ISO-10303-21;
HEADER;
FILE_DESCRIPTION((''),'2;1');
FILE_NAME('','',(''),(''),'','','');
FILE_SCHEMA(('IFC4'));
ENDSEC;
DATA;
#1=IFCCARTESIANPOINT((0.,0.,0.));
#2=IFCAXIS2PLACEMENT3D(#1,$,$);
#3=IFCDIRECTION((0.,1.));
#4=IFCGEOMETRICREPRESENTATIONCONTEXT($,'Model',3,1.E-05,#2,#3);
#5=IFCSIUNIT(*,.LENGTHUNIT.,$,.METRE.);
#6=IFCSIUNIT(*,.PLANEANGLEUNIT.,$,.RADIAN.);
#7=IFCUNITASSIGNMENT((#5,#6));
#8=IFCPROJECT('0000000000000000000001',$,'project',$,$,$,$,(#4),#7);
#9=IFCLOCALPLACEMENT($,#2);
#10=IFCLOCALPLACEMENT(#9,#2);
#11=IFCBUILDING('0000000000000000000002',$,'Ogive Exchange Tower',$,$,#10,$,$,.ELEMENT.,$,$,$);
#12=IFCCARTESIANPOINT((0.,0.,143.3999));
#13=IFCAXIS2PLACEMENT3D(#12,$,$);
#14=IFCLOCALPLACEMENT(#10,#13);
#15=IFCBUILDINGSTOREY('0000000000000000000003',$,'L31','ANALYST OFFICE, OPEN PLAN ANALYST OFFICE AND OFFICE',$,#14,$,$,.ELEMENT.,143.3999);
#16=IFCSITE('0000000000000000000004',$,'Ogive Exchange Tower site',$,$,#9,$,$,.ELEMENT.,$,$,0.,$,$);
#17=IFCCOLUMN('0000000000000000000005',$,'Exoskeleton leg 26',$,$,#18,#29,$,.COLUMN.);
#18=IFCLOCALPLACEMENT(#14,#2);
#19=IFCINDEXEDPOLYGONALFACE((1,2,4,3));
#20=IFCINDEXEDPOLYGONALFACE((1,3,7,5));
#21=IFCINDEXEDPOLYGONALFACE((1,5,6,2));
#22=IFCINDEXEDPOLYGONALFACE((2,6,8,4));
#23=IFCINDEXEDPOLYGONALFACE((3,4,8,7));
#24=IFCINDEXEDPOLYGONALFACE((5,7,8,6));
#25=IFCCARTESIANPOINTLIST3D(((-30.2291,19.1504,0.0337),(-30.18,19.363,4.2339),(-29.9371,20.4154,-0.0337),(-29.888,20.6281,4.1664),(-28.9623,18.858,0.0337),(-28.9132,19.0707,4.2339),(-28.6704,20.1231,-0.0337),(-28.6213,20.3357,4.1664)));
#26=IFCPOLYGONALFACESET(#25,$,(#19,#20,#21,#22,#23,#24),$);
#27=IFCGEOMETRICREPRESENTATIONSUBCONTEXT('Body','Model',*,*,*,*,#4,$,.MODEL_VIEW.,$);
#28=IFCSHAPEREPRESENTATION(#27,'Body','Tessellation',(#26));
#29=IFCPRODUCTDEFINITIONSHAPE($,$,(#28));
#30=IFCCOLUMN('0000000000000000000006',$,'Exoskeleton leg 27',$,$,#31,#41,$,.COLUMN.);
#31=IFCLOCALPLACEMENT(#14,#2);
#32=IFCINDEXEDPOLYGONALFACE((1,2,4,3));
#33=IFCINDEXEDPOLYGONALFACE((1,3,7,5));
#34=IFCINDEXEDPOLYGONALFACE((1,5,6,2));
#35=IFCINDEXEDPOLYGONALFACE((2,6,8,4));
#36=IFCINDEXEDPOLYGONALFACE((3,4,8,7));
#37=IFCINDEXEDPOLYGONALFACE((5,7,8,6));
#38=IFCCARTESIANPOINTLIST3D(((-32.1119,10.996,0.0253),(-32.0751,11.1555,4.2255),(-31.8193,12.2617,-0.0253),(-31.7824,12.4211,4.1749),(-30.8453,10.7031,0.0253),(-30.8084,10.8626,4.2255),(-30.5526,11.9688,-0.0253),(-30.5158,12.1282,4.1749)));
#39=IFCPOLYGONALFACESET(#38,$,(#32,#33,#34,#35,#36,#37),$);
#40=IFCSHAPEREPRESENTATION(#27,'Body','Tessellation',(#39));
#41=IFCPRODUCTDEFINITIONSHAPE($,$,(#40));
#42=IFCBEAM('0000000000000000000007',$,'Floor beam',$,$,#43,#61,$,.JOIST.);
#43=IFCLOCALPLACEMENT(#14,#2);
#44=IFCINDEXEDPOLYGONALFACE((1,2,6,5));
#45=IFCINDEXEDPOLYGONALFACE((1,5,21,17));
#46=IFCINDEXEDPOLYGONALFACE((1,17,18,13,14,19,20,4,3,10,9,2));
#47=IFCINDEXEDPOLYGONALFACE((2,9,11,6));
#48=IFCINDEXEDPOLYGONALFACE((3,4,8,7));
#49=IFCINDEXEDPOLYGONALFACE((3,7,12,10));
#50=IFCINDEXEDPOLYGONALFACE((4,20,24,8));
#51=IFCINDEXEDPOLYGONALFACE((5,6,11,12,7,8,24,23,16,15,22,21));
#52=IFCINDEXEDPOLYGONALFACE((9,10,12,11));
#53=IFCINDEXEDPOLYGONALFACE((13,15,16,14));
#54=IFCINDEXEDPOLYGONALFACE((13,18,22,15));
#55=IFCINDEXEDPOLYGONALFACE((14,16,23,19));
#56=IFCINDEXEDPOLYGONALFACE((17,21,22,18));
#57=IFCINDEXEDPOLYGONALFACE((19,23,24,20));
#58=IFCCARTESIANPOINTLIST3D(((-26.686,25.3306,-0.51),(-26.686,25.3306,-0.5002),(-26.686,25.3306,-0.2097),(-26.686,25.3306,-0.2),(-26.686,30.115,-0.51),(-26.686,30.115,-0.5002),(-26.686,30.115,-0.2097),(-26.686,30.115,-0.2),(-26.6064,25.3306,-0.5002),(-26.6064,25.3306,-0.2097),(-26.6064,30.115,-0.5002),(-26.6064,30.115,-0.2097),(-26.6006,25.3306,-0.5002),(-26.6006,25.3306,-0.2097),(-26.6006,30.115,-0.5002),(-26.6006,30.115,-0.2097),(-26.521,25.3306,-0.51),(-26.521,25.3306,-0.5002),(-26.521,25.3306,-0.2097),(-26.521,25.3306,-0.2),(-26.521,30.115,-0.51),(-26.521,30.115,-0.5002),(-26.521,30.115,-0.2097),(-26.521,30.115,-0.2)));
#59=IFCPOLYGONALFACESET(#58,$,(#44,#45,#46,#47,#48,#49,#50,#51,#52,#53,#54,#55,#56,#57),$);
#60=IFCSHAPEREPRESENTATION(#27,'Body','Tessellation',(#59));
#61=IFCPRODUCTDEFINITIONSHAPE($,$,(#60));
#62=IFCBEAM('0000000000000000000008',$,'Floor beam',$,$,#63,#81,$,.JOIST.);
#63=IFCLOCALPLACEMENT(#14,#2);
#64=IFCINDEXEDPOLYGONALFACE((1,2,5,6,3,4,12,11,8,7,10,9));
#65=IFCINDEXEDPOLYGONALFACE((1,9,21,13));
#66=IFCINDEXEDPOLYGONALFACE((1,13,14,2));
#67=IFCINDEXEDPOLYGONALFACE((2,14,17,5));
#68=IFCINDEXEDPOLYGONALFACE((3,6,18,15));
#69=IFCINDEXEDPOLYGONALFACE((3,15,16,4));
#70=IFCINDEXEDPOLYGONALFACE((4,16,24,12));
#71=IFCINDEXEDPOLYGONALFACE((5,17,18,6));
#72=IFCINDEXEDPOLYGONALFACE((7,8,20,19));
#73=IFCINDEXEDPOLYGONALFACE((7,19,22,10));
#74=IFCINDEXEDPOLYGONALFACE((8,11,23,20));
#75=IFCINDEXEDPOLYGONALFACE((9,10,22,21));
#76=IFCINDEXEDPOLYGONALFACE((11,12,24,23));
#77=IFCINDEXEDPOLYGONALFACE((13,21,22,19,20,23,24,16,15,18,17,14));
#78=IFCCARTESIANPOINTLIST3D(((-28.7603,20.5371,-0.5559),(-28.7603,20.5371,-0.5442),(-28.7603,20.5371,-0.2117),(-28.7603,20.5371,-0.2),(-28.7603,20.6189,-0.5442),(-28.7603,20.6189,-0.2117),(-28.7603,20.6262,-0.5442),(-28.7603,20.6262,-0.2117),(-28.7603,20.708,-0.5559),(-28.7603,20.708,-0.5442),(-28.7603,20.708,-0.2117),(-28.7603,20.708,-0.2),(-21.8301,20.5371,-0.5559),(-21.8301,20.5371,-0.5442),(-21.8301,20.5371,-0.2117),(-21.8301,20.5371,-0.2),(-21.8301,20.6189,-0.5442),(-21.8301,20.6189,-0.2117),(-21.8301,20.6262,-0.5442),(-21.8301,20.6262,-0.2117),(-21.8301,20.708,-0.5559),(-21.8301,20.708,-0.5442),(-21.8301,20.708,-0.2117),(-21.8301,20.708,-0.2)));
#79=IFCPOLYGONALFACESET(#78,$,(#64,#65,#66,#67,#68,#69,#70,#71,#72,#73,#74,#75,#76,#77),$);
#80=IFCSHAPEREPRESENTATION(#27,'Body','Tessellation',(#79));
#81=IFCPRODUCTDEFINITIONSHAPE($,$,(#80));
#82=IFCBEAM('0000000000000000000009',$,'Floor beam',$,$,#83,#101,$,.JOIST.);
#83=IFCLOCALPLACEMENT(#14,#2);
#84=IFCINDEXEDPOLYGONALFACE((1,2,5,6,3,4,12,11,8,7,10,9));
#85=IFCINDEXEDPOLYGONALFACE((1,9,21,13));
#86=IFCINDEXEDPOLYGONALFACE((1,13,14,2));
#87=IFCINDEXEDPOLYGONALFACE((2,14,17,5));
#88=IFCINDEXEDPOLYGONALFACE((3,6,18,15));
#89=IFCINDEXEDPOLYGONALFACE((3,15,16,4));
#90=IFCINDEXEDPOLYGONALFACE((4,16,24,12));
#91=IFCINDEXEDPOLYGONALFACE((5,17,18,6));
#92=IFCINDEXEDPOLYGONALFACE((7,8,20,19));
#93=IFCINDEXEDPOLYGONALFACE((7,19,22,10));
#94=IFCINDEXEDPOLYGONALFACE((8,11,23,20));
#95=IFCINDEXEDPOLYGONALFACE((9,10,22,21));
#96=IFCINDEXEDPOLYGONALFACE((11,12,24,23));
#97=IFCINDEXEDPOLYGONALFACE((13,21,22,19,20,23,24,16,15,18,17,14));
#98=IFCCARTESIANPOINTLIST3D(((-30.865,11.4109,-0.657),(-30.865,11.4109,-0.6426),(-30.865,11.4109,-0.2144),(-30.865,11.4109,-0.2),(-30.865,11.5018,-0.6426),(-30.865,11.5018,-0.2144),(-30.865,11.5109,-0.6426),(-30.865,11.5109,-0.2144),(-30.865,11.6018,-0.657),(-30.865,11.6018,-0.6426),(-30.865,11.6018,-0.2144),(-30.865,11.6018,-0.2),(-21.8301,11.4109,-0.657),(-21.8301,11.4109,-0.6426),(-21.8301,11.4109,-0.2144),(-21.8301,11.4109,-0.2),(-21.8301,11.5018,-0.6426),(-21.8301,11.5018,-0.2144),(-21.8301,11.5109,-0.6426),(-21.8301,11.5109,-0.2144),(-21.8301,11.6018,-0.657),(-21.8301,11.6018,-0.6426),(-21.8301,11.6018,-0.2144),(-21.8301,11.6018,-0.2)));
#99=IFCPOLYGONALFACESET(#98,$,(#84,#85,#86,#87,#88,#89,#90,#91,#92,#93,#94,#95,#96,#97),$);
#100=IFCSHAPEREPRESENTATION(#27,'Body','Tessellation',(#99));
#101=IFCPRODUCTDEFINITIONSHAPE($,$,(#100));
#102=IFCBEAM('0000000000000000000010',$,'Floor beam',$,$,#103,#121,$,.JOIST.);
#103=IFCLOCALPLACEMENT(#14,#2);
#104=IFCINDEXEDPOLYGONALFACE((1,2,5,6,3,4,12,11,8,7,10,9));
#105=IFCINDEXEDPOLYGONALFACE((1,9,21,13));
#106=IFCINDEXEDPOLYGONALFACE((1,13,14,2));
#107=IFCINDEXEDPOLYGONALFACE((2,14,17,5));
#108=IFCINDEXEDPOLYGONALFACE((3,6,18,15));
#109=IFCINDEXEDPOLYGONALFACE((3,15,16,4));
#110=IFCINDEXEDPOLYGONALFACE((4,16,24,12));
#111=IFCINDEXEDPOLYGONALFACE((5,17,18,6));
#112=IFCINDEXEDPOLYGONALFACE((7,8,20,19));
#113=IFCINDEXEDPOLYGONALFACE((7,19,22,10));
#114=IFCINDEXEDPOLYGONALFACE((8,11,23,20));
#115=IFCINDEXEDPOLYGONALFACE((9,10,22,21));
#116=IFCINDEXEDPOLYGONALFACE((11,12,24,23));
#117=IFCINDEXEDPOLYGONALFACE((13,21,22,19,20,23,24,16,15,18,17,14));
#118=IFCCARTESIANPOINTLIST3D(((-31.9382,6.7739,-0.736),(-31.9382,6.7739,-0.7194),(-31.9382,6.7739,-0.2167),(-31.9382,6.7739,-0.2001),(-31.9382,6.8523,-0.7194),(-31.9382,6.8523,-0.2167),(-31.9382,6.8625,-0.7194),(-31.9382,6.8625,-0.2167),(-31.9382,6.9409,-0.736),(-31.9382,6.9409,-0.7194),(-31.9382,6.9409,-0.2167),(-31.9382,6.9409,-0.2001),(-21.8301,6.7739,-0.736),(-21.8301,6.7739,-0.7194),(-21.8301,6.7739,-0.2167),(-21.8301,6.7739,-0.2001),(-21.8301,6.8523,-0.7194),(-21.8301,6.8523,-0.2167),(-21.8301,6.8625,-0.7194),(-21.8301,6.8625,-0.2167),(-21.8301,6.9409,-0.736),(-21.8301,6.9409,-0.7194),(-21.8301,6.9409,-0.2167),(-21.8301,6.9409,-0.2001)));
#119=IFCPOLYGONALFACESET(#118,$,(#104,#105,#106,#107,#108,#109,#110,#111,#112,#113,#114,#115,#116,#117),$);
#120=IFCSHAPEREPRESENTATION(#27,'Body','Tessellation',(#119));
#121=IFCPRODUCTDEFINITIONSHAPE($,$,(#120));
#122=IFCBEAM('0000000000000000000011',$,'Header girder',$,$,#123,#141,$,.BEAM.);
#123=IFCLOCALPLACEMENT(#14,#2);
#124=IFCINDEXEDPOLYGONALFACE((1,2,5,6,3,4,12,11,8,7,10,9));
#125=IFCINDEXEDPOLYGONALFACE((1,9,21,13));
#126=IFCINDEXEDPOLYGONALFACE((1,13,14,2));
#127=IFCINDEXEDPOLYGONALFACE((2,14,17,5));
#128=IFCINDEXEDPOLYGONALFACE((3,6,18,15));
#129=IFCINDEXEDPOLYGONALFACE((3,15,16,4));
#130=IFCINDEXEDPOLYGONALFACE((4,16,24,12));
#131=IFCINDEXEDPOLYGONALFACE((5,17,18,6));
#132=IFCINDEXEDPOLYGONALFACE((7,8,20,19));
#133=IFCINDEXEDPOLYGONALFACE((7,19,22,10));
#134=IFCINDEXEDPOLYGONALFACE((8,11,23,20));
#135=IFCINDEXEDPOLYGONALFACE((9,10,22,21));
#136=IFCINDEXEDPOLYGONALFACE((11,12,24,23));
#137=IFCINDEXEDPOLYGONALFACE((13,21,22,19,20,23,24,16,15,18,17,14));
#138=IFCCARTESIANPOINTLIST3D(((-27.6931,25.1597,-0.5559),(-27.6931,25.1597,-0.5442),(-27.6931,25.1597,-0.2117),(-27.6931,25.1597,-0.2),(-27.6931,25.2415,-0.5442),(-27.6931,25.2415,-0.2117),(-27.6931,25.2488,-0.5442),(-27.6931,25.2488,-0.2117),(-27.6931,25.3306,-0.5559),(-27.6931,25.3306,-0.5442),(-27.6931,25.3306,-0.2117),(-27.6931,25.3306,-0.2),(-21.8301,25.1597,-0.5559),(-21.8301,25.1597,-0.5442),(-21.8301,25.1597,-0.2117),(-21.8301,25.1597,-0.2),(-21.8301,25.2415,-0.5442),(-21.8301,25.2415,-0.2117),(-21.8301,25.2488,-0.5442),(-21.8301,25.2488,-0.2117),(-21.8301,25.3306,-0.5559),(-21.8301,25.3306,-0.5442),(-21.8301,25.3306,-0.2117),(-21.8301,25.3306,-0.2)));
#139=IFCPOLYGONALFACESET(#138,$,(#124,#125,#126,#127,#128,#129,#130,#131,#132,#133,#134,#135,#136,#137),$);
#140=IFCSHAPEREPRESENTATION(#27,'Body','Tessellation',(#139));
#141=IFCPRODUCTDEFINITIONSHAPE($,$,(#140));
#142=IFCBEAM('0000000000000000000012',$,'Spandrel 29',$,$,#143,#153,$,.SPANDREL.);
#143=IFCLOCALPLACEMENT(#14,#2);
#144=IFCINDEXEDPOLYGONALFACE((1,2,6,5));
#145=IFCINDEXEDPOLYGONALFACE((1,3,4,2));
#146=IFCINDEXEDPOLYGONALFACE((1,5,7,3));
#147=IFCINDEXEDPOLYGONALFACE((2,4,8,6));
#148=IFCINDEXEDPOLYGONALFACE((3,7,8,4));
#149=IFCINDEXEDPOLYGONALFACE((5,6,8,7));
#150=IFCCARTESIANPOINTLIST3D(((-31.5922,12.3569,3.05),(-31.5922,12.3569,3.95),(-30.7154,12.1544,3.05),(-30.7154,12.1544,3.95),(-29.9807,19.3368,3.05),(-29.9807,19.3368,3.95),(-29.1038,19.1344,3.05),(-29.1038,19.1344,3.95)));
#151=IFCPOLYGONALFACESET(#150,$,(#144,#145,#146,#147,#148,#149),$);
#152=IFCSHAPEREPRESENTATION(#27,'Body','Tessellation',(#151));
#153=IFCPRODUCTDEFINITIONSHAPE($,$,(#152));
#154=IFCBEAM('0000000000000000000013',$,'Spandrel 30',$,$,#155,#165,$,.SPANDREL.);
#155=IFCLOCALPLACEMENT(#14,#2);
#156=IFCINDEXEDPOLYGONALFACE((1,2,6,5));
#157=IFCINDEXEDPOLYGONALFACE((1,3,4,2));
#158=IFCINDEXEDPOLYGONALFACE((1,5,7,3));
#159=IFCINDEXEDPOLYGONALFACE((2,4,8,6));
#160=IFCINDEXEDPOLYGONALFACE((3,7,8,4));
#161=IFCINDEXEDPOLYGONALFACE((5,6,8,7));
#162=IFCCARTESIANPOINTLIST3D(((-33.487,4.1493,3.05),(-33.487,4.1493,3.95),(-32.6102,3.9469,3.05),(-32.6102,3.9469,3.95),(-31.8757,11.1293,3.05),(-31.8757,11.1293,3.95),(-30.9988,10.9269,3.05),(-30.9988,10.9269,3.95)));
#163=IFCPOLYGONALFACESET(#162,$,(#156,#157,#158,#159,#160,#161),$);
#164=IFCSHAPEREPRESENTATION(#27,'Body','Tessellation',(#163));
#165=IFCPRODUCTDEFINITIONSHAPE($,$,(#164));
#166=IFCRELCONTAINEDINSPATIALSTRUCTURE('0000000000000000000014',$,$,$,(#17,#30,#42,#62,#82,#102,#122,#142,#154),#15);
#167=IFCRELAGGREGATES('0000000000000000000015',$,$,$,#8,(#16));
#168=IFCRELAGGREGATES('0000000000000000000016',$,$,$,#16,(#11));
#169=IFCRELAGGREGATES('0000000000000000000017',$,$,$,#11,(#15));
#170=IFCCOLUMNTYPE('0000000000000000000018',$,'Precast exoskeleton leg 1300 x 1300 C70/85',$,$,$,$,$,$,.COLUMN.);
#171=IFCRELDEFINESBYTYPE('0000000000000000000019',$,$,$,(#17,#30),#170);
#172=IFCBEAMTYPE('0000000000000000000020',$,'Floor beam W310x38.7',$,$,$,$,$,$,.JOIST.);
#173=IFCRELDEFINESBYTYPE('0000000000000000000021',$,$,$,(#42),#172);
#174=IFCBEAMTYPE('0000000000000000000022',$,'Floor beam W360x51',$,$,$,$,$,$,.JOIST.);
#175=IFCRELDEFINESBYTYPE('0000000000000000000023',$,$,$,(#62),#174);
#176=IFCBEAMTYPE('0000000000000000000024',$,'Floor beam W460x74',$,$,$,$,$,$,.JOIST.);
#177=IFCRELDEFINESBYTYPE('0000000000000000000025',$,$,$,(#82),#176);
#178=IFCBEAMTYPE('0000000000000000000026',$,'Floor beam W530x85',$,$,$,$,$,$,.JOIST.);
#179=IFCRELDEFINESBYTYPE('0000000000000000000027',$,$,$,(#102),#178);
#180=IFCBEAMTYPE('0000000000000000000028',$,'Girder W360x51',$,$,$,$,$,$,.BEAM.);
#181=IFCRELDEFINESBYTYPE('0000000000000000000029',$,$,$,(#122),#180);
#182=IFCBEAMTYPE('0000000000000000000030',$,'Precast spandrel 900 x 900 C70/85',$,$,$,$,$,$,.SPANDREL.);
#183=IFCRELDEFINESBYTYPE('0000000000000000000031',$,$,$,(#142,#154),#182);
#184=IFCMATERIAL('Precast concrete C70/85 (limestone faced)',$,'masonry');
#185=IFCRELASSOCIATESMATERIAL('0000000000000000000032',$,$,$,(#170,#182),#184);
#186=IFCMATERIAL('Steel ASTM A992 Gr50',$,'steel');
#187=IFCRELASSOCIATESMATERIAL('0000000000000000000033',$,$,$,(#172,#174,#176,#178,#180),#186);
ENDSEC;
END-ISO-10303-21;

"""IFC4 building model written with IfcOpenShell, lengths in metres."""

from ifc_helpers import new_model, si_unit, direction, frame, origin, origin_2d, place, context, subcontext, project, spatial, rectangle, i_section, extrude, material, material_profile, profile_set, type_object, element, save


model = new_model("IFC4")

# Units and contexts
model_context = context("Model", 3, precision=1e-05, world=origin(), true_north=direction((0.0, 1.0)))
body_context = subcontext(model_context, "Body", "Model", "MODEL_VIEW")
ifc_project = project(units=[si_unit("LENGTHUNIT", "METRE"), si_unit("PLANEANGLEUNIT", "RADIAN")], contexts=[model_context])

# Site, building, storey
site_placement = place(None, origin())
site = spatial("IfcSite", under=ifc_project, at=site_placement, Name="Ogive Exchange Tower site", CompositionType="ELEMENT", RefElevation=0.0)
building_placement = place(site_placement, origin())
building = spatial("IfcBuilding", under=site, at=building_placement, Name="Ogive Exchange Tower", CompositionType="ELEMENT")
storey_placement = place(building_placement, frame((0.0, 0.0, 143.3999)))
storey = spatial("IfcBuildingStorey", under=building, at=storey_placement, Name="L31", Description="ANALYST OFFICE, OPEN PLAN ANALYST OFFICE AND OFFICE", CompositionType="ELEMENT", Elevation=143.3999)

# Columns
ifc_material_1 = material(Name="Precast concrete C70/85 (limestone faced)", Category="masonry")
ifc_material_profile_1 = material_profile(ifc_material_1, rectangle(XDim=1.3, YDim=1.3, at=origin_2d()), Name="1300 x 1300")
ifc_profile_set_1 = profile_set([ifc_material_profile_1], Name="Precast concrete C70/85 (limestone faced)")
column_type = type_object("IfcColumnType", Name="Precast exoskeleton leg 1300 x 1300 C70/85", PredefinedType="COLUMN", material=ifc_profile_set_1)
column_1_placement = place(storey_placement, frame((-29.4497, 19.6367, 0.0), z_axis=(0.011668, 0.05056, 0.998653), x_axis=(-0.974391, 0.22486, 0.0)))
element("IfcColumn", 1, at=column_1_placement, inside=storey, type_object=column_type, Name="Exoskeleton leg 26", PredefinedType="COLUMN", context=body_context, shape_type="SweptSolid", body=[
    extrude(rectangle(XDim=1.3, YDim=1.3, at=origin_2d()), origin(), (0.0, 0.0, 1.0), 4.2058),
])
column_2_placement = place(storey_placement, frame((-31.3323, 11.4824, 0.0), z_axis=(0.00877, 0.037928, 0.999242), x_axis=(-0.974291, 0.225295, 0.0)))
element("IfcColumn", 2, at=column_2_placement, inside=storey, type_object=column_type, Name="Exoskeleton leg 27", PredefinedType="COLUMN", context=body_context, shape_type="SweptSolid", body=[
    extrude(rectangle(XDim=1.3, YDim=1.3, at=origin_2d()), origin(), (0.0, 0.0, 1.0), 4.2034),
])

# Beams
ifc_material_2 = material(Name="Steel ASTM A992 Gr50", Category="steel")
ifc_material_profile_2 = material_profile(ifc_material_2, i_section(OverallWidth=0.165, OverallDepth=0.3101, WebThickness=0.0059, FlangeThickness=0.0098, at=origin_2d()), Name="W310x38.7")
ifc_profile_set_2 = profile_set([ifc_material_profile_2], Name="Steel ASTM A992 Gr50")
beam_type_1 = type_object("IfcBeamType", Name="Floor beam W310x38.7", PredefinedType="JOIST", material=ifc_profile_set_2)
beam_1_placement = place(storey_placement, frame((-26.6035, 25.3306, -0.355), z_axis=(0.0, 1.0, 0.0), x_axis=(-1.0, 0.0, 0.0)))
element("IfcBeam", 3, at=beam_1_placement, inside=storey, type_object=beam_type_1, Name="Floor beam", PredefinedType="JOIST", context=body_context, shape_type="SweptSolid", body=[
    extrude(i_section(OverallWidth=0.165, OverallDepth=0.3101, WebThickness=0.0059, FlangeThickness=0.0098, at=origin_2d()), origin(), (0.0, 0.0, 1.0), 4.7844),
])
ifc_material_profile_3 = material_profile(ifc_material_2, i_section(OverallWidth=0.1709, OverallDepth=0.356, WebThickness=0.0073, FlangeThickness=0.0117, at=origin_2d()), Name="W360x51")
ifc_profile_set_3 = profile_set([ifc_material_profile_3], Name="Steel ASTM A992 Gr50")
beam_type_2 = type_object("IfcBeamType", Name="Floor beam W360x51", PredefinedType="JOIST", material=ifc_profile_set_3)
beam_2_placement = place(storey_placement, frame((-28.7603, 20.6226, -0.3779), z_axis=(1.0, 0.0, 0.0), x_axis=(0.0, 1.0, 0.0)))
element("IfcBeam", 4, at=beam_2_placement, inside=storey, type_object=beam_type_2, Name="Floor beam", PredefinedType="JOIST", context=body_context, shape_type="SweptSolid", body=[
    extrude(i_section(OverallWidth=0.1709, OverallDepth=0.356, WebThickness=0.0073, FlangeThickness=0.0117, at=origin_2d()), origin(), (0.0, 0.0, 1.0), 6.9302),
])
ifc_material_profile_4 = material_profile(ifc_material_2, i_section(OverallWidth=0.1909, OverallDepth=0.457, WebThickness=0.009, FlangeThickness=0.0144, at=origin_2d()), Name="W460x74")
ifc_profile_set_4 = profile_set([ifc_material_profile_4], Name="Steel ASTM A992 Gr50")
beam_type_3 = type_object("IfcBeamType", Name="Floor beam W460x74", PredefinedType="JOIST", material=ifc_profile_set_4)
beam_3_placement = place(storey_placement, frame((-30.865, 11.5063, -0.4285), z_axis=(1.0, 0.0, 0.0), x_axis=(0.0, 1.0, 0.0)))
element("IfcBeam", 5, at=beam_3_placement, inside=storey, type_object=beam_type_3, Name="Floor beam", PredefinedType="JOIST", context=body_context, shape_type="SweptSolid", body=[
    extrude(i_section(OverallWidth=0.1909, OverallDepth=0.457, WebThickness=0.009, FlangeThickness=0.0144, at=origin_2d()), origin(), (0.0, 0.0, 1.0), 9.0349),
])
ifc_material_profile_5 = material_profile(ifc_material_2, i_section(OverallWidth=0.167, OverallDepth=0.5359, WebThickness=0.0103, FlangeThickness=0.0166, at=origin_2d()), Name="W530x85")
ifc_profile_set_5 = profile_set([ifc_material_profile_5], Name="Steel ASTM A992 Gr50")
beam_type_4 = type_object("IfcBeamType", Name="Floor beam W530x85", PredefinedType="JOIST", material=ifc_profile_set_5)
beam_4_placement = place(storey_placement, frame((-31.9382, 6.8574, -0.468), z_axis=(1.0, 0.0, 0.0), x_axis=(0.0, 1.0, 0.0)))
element("IfcBeam", 6, at=beam_4_placement, inside=storey, type_object=beam_type_4, Name="Floor beam", PredefinedType="JOIST", context=body_context, shape_type="SweptSolid", body=[
    extrude(i_section(OverallWidth=0.167, OverallDepth=0.5359, WebThickness=0.0103, FlangeThickness=0.0166, at=origin_2d()), origin(), (0.0, 0.0, 1.0), 10.1082),
])
ifc_material_profile_6 = material_profile(ifc_material_2, i_section(OverallWidth=0.1709, OverallDepth=0.356, WebThickness=0.0073, FlangeThickness=0.0117, at=origin_2d()), Name="W360x51")
ifc_profile_set_6 = profile_set([ifc_material_profile_6], Name="Steel ASTM A992 Gr50")
beam_type_5 = type_object("IfcBeamType", Name="Girder W360x51", PredefinedType="BEAM", material=ifc_profile_set_6)
beam_5_placement = place(storey_placement, frame((-27.6931, 25.2451, -0.3779), z_axis=(1.0, 0.0, 0.0), x_axis=(0.0, 1.0, 0.0)))
element("IfcBeam", 7, at=beam_5_placement, inside=storey, type_object=beam_type_5, Name="Header girder", PredefinedType="BEAM", context=body_context, shape_type="SweptSolid", body=[
    extrude(i_section(OverallWidth=0.1709, OverallDepth=0.356, WebThickness=0.0073, FlangeThickness=0.0117, at=origin_2d()), origin(), (0.0, 0.0, 1.0), 5.863),
])
ifc_material_profile_7 = material_profile(ifc_material_1, rectangle(XDim=0.8999, YDim=0.8999, at=origin_2d()), Name="900 x 900")
ifc_profile_set_7 = profile_set([ifc_material_profile_7], Name="Precast concrete C70/85 (limestone faced)")
beam_type_6 = type_object("IfcBeamType", Name="Precast spandrel 900 x 900 C70/85", PredefinedType="SPANDREL", material=ifc_profile_set_7)
for number, where, z_axis, x_axis, name in (
    (8, (-29.5422, 19.2356, 3.5), (-0.224967, -0.974366, 0.0), (0.974366, -0.224967, 0.0), "Spandrel 29"),
    (9, (-31.4373, 11.0281, 3.5), (-0.224934, -0.974374, 0.0), (0.974374, -0.224934, 0.0), "Spandrel 30"),
):
    element("IfcBeam", number, at=place(storey_placement, frame(where, z_axis=z_axis, x_axis=x_axis)), inside=storey, type_object=beam_type_6, Name=name, PredefinedType="SPANDREL", context=body_context, shape_type="SweptSolid", body=[
        extrude(rectangle(XDim=0.8999, YDim=0.8999, at=origin_2d()), origin(), (0.0, 0.0, 1.0), 7.1636),
    ])

save(model, "model.ifc")
